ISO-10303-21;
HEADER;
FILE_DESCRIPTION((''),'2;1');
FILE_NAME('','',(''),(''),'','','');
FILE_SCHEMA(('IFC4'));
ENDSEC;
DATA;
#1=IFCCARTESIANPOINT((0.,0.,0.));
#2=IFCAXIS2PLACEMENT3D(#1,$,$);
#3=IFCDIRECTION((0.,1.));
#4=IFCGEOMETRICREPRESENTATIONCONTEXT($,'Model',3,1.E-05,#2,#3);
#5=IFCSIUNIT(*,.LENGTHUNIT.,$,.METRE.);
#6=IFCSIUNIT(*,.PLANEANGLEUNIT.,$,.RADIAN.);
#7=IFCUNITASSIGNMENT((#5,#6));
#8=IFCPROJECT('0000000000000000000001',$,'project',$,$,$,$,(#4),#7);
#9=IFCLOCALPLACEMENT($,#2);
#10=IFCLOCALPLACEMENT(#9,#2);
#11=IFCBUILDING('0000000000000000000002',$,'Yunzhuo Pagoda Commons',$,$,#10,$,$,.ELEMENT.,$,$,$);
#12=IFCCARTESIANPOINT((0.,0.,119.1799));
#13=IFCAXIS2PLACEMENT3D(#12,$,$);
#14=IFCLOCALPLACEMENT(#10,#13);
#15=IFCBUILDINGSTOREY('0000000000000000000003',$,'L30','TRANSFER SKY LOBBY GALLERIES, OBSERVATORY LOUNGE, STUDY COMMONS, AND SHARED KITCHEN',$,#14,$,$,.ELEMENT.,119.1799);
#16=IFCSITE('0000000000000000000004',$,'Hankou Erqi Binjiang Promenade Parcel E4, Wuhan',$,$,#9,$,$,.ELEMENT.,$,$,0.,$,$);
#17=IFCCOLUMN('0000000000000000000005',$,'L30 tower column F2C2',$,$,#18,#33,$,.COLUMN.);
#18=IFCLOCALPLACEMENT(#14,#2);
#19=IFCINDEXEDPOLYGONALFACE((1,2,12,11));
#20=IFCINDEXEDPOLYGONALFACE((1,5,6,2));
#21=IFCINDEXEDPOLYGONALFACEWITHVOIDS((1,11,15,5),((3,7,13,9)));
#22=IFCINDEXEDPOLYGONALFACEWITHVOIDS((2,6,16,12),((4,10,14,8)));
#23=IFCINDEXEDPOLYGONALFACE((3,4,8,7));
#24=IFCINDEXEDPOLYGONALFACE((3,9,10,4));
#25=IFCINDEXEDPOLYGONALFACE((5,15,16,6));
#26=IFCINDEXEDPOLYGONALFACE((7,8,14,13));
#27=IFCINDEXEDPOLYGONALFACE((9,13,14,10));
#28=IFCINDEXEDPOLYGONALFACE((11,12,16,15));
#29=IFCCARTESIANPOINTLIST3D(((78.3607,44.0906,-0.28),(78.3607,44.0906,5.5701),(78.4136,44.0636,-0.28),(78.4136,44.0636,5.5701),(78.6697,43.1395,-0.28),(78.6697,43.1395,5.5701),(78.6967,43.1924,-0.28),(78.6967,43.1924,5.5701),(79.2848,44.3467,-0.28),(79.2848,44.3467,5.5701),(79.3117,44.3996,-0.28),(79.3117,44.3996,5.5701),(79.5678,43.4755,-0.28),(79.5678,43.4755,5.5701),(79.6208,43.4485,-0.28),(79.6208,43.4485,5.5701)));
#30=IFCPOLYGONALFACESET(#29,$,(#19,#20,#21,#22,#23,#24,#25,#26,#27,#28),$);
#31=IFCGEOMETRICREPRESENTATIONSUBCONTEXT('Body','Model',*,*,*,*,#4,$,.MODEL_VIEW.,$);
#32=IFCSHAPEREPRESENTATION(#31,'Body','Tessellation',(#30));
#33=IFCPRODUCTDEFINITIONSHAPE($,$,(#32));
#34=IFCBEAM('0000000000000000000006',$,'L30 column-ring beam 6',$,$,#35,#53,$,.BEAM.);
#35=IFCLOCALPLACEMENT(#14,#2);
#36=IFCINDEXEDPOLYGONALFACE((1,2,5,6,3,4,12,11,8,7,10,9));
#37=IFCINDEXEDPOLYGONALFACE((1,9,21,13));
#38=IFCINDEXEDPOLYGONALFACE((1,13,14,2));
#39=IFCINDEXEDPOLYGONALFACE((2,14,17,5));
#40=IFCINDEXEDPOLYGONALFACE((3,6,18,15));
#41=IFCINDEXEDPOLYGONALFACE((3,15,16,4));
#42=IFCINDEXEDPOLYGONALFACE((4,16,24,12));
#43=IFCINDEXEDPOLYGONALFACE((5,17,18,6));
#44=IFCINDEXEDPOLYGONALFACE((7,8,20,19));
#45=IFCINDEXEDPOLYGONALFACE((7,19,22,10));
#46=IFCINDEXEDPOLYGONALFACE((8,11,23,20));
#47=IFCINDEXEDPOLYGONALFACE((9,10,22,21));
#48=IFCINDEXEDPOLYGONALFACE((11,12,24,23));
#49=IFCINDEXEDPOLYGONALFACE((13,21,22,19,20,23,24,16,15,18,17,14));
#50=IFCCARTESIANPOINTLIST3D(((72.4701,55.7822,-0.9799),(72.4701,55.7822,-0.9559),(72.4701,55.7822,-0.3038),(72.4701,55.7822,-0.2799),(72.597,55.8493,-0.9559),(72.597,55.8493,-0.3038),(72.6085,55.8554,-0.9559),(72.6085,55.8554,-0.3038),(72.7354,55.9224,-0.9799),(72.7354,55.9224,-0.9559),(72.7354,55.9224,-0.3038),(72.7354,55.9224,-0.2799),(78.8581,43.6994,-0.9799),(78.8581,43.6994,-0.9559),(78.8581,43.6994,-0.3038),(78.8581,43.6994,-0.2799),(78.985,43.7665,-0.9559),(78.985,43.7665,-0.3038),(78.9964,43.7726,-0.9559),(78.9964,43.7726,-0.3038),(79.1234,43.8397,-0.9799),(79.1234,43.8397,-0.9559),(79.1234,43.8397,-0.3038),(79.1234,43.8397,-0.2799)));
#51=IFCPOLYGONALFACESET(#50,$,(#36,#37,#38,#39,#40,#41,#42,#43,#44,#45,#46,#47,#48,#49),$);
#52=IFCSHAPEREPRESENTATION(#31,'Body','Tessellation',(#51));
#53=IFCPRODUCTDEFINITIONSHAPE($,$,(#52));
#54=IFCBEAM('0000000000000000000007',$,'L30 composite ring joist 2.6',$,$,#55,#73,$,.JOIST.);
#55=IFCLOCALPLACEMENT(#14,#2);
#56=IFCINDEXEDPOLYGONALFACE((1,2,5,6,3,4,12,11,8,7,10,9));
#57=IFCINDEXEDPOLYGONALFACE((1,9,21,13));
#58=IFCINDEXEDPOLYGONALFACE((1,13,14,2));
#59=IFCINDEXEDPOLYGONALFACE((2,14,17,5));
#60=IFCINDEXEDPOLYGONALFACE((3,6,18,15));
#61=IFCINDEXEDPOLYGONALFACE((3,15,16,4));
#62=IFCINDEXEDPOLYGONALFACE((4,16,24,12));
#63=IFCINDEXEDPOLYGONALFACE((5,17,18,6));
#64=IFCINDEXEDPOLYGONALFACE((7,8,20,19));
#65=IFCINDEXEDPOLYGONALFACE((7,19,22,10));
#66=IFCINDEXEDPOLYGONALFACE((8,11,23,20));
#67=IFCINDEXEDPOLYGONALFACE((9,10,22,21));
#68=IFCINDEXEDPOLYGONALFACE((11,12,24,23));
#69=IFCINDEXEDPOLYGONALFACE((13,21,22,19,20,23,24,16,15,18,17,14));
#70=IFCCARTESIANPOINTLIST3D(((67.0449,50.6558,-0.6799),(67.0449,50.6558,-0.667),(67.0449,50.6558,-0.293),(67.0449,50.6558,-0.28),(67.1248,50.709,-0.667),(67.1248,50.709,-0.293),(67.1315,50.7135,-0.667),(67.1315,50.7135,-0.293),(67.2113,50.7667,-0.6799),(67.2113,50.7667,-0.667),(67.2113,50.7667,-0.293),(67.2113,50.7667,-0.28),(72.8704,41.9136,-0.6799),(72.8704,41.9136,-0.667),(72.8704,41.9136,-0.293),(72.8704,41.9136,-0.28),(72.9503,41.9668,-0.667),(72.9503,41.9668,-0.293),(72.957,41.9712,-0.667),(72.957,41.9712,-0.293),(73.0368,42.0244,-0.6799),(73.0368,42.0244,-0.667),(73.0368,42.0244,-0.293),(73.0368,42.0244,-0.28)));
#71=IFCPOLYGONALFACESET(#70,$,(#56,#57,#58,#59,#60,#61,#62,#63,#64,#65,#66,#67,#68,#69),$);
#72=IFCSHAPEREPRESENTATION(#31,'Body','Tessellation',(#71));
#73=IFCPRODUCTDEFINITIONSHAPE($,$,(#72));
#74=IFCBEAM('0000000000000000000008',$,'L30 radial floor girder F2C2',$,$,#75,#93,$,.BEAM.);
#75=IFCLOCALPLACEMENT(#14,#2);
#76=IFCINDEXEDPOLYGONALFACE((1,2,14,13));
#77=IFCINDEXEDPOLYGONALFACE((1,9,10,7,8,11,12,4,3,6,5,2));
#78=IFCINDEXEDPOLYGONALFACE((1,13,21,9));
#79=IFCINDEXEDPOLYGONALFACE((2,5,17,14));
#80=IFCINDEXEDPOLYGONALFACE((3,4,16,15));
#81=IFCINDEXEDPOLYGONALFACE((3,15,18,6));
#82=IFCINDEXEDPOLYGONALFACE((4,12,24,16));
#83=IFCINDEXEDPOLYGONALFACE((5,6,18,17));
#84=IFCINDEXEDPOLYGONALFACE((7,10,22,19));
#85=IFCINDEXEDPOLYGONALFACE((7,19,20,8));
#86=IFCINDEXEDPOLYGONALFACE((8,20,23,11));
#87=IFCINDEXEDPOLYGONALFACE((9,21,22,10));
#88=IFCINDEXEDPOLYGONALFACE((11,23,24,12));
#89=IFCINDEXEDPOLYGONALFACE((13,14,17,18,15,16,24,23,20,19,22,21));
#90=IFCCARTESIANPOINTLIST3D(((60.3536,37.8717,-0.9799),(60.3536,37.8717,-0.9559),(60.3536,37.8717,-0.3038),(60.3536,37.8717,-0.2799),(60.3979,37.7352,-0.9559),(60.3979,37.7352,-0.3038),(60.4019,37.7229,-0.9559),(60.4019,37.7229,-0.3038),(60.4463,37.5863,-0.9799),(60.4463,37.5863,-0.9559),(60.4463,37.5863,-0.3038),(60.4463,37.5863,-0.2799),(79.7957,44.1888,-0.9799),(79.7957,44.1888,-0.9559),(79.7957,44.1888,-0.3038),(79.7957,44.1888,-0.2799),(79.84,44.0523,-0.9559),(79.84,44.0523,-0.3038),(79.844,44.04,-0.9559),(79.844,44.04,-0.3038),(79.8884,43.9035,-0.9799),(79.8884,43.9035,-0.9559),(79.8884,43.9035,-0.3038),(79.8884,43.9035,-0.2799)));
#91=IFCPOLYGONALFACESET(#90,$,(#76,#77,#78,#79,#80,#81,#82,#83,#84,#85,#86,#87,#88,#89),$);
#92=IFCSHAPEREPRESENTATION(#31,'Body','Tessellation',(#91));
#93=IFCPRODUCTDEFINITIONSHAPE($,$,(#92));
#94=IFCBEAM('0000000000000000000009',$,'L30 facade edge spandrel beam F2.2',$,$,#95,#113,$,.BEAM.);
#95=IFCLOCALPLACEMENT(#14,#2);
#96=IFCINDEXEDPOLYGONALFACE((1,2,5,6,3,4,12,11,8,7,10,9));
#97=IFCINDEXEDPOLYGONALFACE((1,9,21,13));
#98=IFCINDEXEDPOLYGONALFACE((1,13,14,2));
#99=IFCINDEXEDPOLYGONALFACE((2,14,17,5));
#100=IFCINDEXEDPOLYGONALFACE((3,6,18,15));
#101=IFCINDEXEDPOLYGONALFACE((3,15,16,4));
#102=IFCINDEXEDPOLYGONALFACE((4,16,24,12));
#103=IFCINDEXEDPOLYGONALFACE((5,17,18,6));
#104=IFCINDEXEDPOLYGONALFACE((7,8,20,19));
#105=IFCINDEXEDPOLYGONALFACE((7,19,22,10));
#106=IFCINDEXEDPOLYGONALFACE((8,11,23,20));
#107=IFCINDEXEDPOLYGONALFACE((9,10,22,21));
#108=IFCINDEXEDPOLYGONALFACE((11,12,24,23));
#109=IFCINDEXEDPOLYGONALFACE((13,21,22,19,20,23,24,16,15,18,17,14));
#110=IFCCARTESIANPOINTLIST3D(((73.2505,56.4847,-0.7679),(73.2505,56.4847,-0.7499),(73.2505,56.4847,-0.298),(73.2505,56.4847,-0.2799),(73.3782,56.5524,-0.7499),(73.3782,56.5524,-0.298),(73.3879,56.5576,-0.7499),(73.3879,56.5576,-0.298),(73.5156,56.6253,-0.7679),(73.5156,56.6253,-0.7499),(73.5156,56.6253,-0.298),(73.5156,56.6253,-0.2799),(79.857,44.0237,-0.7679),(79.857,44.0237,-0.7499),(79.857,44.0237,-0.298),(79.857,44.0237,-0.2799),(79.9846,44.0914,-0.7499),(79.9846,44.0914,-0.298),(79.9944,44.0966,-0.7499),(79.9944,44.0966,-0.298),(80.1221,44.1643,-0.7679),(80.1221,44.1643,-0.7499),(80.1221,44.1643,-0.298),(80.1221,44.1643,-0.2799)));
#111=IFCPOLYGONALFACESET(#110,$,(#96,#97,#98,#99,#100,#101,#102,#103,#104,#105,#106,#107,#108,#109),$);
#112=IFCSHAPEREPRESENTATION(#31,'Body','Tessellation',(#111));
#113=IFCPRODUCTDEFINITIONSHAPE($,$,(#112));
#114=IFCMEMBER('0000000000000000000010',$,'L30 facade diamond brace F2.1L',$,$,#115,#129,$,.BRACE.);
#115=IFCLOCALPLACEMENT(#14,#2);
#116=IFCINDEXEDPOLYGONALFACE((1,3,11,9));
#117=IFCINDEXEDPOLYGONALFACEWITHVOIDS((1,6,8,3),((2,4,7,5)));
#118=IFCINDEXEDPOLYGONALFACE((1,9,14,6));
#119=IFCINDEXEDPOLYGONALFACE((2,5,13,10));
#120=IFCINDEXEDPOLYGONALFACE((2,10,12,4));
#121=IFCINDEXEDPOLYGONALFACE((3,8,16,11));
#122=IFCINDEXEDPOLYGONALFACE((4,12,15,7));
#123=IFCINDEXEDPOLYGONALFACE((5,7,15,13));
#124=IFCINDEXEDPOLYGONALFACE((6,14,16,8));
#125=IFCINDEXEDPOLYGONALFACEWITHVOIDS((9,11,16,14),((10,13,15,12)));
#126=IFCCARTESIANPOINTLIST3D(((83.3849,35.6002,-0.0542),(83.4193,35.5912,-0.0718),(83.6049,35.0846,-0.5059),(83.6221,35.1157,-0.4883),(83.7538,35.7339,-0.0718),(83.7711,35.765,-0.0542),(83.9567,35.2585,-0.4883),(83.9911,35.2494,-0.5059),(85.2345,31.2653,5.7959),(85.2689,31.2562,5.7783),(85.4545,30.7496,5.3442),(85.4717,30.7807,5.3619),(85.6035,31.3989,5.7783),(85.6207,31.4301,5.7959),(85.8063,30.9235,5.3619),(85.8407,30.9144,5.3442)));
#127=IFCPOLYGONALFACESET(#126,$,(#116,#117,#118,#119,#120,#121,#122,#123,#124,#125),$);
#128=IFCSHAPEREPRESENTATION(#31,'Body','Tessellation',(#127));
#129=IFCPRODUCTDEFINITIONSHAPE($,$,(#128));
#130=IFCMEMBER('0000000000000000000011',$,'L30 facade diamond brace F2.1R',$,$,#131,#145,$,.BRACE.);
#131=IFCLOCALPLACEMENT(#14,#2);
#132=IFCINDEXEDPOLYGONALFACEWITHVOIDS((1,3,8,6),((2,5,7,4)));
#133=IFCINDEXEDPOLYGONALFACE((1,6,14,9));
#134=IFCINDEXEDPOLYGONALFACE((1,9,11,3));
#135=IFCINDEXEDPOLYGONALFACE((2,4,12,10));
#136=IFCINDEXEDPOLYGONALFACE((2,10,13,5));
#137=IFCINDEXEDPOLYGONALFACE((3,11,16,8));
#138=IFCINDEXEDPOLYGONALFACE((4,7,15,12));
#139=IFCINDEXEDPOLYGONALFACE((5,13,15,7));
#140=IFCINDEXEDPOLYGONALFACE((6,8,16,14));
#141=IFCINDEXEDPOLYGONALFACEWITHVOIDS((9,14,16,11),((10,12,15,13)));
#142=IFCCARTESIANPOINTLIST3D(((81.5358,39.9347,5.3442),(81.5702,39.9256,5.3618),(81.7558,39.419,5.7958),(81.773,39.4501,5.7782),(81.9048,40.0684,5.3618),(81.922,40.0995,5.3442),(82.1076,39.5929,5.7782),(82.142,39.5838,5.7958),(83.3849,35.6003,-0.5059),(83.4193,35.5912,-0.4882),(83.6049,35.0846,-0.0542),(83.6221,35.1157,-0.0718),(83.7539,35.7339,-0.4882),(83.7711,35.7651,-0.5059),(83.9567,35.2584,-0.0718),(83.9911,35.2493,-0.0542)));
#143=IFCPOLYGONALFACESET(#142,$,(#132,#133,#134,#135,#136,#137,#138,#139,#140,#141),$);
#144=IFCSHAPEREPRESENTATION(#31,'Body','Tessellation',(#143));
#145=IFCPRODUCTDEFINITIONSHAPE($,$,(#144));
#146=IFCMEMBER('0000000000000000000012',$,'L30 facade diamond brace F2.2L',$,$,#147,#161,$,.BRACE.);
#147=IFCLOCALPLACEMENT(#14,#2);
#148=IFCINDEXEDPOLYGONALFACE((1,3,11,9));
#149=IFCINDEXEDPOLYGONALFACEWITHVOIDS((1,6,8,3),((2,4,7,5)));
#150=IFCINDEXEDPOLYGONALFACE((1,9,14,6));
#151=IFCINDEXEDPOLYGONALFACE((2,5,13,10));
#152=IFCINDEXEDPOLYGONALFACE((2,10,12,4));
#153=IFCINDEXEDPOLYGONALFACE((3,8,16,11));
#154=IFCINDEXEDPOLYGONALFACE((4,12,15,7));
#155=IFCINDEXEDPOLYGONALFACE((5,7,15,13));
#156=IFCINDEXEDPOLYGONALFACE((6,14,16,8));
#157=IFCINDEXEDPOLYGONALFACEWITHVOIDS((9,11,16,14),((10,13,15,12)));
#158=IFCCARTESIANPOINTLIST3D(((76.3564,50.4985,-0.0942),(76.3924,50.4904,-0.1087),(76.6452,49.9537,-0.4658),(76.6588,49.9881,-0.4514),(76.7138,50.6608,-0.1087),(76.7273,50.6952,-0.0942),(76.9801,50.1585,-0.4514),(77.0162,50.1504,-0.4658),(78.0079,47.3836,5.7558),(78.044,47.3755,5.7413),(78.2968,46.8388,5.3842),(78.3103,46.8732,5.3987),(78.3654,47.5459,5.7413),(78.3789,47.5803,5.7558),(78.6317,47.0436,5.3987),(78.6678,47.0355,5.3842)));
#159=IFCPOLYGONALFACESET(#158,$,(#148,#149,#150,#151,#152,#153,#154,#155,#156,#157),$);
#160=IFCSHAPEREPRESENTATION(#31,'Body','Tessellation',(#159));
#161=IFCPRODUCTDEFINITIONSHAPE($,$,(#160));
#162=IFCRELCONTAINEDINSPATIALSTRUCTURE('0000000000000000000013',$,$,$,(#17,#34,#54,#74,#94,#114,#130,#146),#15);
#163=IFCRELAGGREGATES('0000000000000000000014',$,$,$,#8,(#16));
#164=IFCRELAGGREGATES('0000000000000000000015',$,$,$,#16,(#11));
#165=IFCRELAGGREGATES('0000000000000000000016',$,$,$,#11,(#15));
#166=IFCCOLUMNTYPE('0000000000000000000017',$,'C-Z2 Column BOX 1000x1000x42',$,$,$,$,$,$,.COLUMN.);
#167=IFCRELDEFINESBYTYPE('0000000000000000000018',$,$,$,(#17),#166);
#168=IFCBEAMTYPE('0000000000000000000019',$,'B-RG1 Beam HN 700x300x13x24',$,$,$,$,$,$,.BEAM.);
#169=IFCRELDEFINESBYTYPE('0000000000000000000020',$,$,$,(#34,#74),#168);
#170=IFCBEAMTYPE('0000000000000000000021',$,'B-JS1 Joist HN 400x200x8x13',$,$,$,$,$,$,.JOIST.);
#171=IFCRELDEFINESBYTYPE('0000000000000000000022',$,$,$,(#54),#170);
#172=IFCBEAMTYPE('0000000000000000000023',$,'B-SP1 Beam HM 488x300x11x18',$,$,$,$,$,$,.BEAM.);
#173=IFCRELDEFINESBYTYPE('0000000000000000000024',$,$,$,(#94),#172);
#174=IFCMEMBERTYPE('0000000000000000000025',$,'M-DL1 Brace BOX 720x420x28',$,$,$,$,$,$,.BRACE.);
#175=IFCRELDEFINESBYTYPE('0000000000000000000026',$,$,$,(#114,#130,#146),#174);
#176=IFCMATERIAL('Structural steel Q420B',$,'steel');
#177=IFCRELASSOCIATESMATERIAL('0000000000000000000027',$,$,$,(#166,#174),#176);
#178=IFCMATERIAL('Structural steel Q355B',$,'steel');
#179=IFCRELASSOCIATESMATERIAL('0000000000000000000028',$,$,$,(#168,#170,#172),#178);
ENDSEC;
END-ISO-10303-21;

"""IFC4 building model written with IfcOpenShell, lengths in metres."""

from ifc_helpers import new_model, si_unit, direction, frame, origin, origin_2d, place, context, subcontext, project, spatial, hollow_rectangle, i_section, extrude, source, transform, mapped, material, material_profile, profile_set, type_object, element, save


model = new_model("IFC4")

# Units and contexts
model_context = context("Model", 3, precision=1e-05, world=origin(), true_north=direction((0.0, 1.0)))
body_context = subcontext(model_context, "Body", "Model", "MODEL_VIEW")
ifc_project = project(units=[si_unit("LENGTHUNIT", "METRE"), si_unit("PLANEANGLEUNIT", "RADIAN")], contexts=[model_context])

# Site, building, storey
site_placement = place(None, origin())
site = spatial("IfcSite", under=ifc_project, at=site_placement, Name="Hankou Erqi Binjiang Promenade Parcel E4, Wuhan", CompositionType="ELEMENT", RefElevation=0.0)
building_placement = place(site_placement, origin())
building = spatial("IfcBuilding", under=site, at=building_placement, Name="Yunzhuo Pagoda Commons", CompositionType="ELEMENT")
storey_placement = place(building_placement, frame((0.0, 0.0, 119.1799)))
storey = spatial("IfcBuildingStorey", under=building, at=storey_placement, Name="L30", Description="TRANSFER SKY LOBBY GALLERIES, OBSERVATORY LOUNGE, STUDY COMMONS, AND SHARED KITCHEN", CompositionType="ELEMENT", Elevation=119.1799)

# Column
ifc_material_1 = material(Name="Structural steel Q420B", Category="steel")
ifc_material_profile_1 = material_profile(ifc_material_1, hollow_rectangle(XDim=1.0, YDim=1.0, WallThickness=0.042, at=origin_2d()), Name="Structural steel Q420B")
ifc_profile_set_1 = profile_set([ifc_material_profile_1], Name="Structural steel Q420B")
column_type = type_object("IfcColumnType", Name="C-Z2 Column BOX 1000x1000x42", PredefinedType="COLUMN", material=ifc_profile_set_1)
shared_shape_1 = source(origin(), body_context, "Body", "SweptSolid", [
    extrude(hollow_rectangle(XDim=1.0, YDim=1.0, WallThickness=0.042, at=origin_2d()), origin(), (0.0, 0.0, 1.0), 5.8501),
])
column_placement = place(storey_placement, frame((78.9907, 43.7695, -0.28), z_axis=(0.0, 0.0, 1.0), x_axis=(-0.309017, 0.951057, 0.0)))
element("IfcColumn", 1, at=column_placement, inside=storey, type_object=column_type, Name="L30 tower column F2C2", PredefinedType="COLUMN", context=body_context, shape_type="MappedRepresentation", body=[
    mapped(shared_shape_1, transform((0.0, 0.0, 0.0), scale=1.0)),
])

# Beams
ifc_material_2 = material(Name="Structural steel Q355B", Category="steel")
ifc_material_profile_2 = material_profile(ifc_material_2, i_section(OverallWidth=0.3, OverallDepth=0.7, WebThickness=0.0129, FlangeThickness=0.0239, at=origin_2d()), Name="Structural steel Q355B")
ifc_profile_set_2 = profile_set([ifc_material_profile_2], Name="Structural steel Q355B")
beam_type_1 = type_object("IfcBeamType", Name="B-RG1 Beam HN 700x300x13x24", PredefinedType="BEAM", material=ifc_profile_set_2)
shared_shape_2 = source(origin(), body_context, "Body", "SweptSolid", [
    extrude(i_section(OverallWidth=0.3, OverallDepth=0.7, WebThickness=0.0129, FlangeThickness=0.0239, at=origin_2d()), origin(), (0.0, 0.0, 1.0), 13.6675),
])
beam_1_placement = place(storey_placement, frame((78.9907, 43.7695, -0.6299), z_axis=(-0.467384, 0.884055, 0.0), x_axis=(-0.884055, -0.467384, 0.0)))
element("IfcBeam", 2, at=beam_1_placement, inside=storey, type_object=beam_type_1, Name="L30 column-ring beam 6", PredefinedType="BEAM", context=body_context, shape_type="MappedRepresentation", body=[
    mapped(shared_shape_2, transform((0.0, 0.0, 0.0), scale=1.0)),
])
ifc_material_profile_3 = material_profile(ifc_material_2, i_section(OverallWidth=0.2, OverallDepth=0.3999, WebThickness=0.0081, FlangeThickness=0.0129, at=origin_2d()), Name="Structural steel Q355B")
ifc_profile_set_3 = profile_set([ifc_material_profile_3], Name="Structural steel Q355B")
beam_type_2 = type_object("IfcBeamType", Name="B-JS1 Joist HN 400x200x8x13", PredefinedType="JOIST", material=ifc_profile_set_3)
shared_shape_3 = source(origin(), body_context, "Body", "SweptSolid", [
    extrude(i_section(OverallWidth=0.2, OverallDepth=0.3999, WebThickness=0.0081, FlangeThickness=0.0129, at=origin_2d()), origin(), (0.0, 0.0, 1.0), 10.5054),
])
beam_2_placement = place(storey_placement, frame((72.9536, 41.969, -0.48), z_axis=(-0.554523, 0.832168, 0.0), x_axis=(-0.832168, -0.554523, 0.0)))
element("IfcBeam", 3, at=beam_2_placement, inside=storey, type_object=beam_type_2, Name="L30 composite ring joist 2.6", PredefinedType="JOIST", context=body_context, shape_type="MappedRepresentation", body=[
    mapped(shared_shape_3, transform((0.0, 0.0, 0.0), scale=1.0)),
])
shared_shape_4 = source(origin(), body_context, "Body", "SweptSolid", [
    extrude(i_section(OverallWidth=0.3, OverallDepth=0.7, WebThickness=0.0129, FlangeThickness=0.0239, at=origin_2d()), origin(), (0.0, 0.0, 1.0), 20.4426),
])
beam_3_placement = place(storey_placement, frame((79.842, 44.0461, -0.6299), z_axis=(-0.951056, -0.309017, 0.0), x_axis=(0.309017, -0.951056, 0.0)))
element("IfcBeam", 4, at=beam_3_placement, inside=storey, type_object=beam_type_1, Name="L30 radial floor girder F2C2", PredefinedType="BEAM", context=body_context, shape_type="MappedRepresentation", body=[
    mapped(shared_shape_4, transform((0.0, 0.0, 0.0), scale=1.0)),
])
ifc_material_profile_4 = material_profile(ifc_material_2, i_section(OverallWidth=0.3, OverallDepth=0.488, WebThickness=0.011, FlangeThickness=0.0181, at=origin_2d()), Name="Structural steel Q355B")
ifc_profile_set_4 = profile_set([ifc_material_profile_4], Name="Structural steel Q355B")
beam_type_3 = type_object("IfcBeamType", Name="B-SP1 Beam HM 488x300x11x18", PredefinedType="BEAM", material=ifc_profile_set_4)
shared_shape_5 = source(origin(), body_context, "Body", "SweptSolid", [
    extrude(i_section(OverallWidth=0.3, OverallDepth=0.488, WebThickness=0.011, FlangeThickness=0.0181, at=origin_2d()), origin(), (0.0, 0.0, 1.0), 14.104),
])
beam_4_placement = place(storey_placement, frame((79.9895, 44.094, -0.5239), z_axis=(-0.468413, 0.88351, 0.0), x_axis=(-0.88351, -0.468413, 0.0)))
element("IfcBeam", 5, at=beam_4_placement, inside=storey, type_object=beam_type_3, Name="L30 facade edge spandrel beam F2.2", PredefinedType="BEAM", context=body_context, shape_type="MappedRepresentation", body=[
    mapped(shared_shape_5, transform((0.0, 0.0, 0.0), scale=1.0)),
])

# Members
ifc_material_profile_5 = material_profile(ifc_material_1, hollow_rectangle(XDim=0.4199, YDim=0.72, WallThickness=0.0281, at=origin_2d()), Name="Structural steel Q420B")
ifc_profile_set_5 = profile_set([ifc_material_profile_5], Name="Structural steel Q420B")
member_type_1 = type_object("IfcMemberType", Name="M-DL1 Brace BOX 720x420x28", PredefinedType="BRACE", material=ifc_profile_set_5)
shared_shape_6 = source(origin(), body_context, "Body", "SweptSolid", [
    extrude(hollow_rectangle(XDim=0.4199, YDim=0.72, WallThickness=0.0281, at=origin_2d()), origin(), (0.0, 0.0, 1.0), 7.5125),
])
member_1_placement = place(storey_placement, frame((83.688, 35.4248, -0.28), z_axis=(0.246207, -0.577039, 0.778723), x_axis=(0.919776, 0.392443, 0.0)))
element("IfcMember", 6, at=member_1_placement, inside=storey, type_object=member_type_1, Name="L30 facade diamond brace F2.1L", PredefinedType="BRACE", context=body_context, shape_type="MappedRepresentation", body=[
    mapped(shared_shape_6, transform((0.0, 0.0, 0.0), scale=1.0)),
])
shared_shape_7 = source(origin(), body_context, "Body", "SweptSolid", [
    extrude(hollow_rectangle(XDim=0.4199, YDim=0.72, WallThickness=0.0281, at=origin_2d()), origin(), (0.0, 0.0, 1.0), 7.512),
])
member_2_placement = place(storey_placement, frame((83.688, 35.4248, -0.28), z_axis=(-0.246155, 0.577004, 0.778764), x_axis=(-0.919798, -0.392393, 0.0)))
element("IfcMember", 7, at=member_2_placement, inside=storey, type_object=member_type_1, Name="L30 facade diamond brace F2.1R", PredefinedType="BRACE", context=body_context, shape_type="MappedRepresentation", body=[
    mapped(shared_shape_7, transform((0.0, 0.0, 0.0), scale=1.0)),
])
shared_shape_8 = source(origin(), body_context, "Body", "SweptSolid", [
    extrude(hollow_rectangle(XDim=0.4199, YDim=0.72, WallThickness=0.0281, at=origin_2d()), origin(), (0.0, 0.0, 1.0), 6.8303),
])
member_3_placement = place(storey_placement, frame((76.6863, 50.3245, -0.28), z_axis=(0.241802, -0.456047, 0.856477), x_axis=(0.883495, 0.468441, 0.0)))
element("IfcMember", 8, at=member_3_placement, inside=storey, type_object=member_type_1, Name="L30 facade diamond brace F2.2L", PredefinedType="BRACE", context=body_context, shape_type="MappedRepresentation", body=[
    mapped(shared_shape_8, transform((0.0, 0.0, 0.0), scale=1.0)),
])

save(model, "model.ifc")
